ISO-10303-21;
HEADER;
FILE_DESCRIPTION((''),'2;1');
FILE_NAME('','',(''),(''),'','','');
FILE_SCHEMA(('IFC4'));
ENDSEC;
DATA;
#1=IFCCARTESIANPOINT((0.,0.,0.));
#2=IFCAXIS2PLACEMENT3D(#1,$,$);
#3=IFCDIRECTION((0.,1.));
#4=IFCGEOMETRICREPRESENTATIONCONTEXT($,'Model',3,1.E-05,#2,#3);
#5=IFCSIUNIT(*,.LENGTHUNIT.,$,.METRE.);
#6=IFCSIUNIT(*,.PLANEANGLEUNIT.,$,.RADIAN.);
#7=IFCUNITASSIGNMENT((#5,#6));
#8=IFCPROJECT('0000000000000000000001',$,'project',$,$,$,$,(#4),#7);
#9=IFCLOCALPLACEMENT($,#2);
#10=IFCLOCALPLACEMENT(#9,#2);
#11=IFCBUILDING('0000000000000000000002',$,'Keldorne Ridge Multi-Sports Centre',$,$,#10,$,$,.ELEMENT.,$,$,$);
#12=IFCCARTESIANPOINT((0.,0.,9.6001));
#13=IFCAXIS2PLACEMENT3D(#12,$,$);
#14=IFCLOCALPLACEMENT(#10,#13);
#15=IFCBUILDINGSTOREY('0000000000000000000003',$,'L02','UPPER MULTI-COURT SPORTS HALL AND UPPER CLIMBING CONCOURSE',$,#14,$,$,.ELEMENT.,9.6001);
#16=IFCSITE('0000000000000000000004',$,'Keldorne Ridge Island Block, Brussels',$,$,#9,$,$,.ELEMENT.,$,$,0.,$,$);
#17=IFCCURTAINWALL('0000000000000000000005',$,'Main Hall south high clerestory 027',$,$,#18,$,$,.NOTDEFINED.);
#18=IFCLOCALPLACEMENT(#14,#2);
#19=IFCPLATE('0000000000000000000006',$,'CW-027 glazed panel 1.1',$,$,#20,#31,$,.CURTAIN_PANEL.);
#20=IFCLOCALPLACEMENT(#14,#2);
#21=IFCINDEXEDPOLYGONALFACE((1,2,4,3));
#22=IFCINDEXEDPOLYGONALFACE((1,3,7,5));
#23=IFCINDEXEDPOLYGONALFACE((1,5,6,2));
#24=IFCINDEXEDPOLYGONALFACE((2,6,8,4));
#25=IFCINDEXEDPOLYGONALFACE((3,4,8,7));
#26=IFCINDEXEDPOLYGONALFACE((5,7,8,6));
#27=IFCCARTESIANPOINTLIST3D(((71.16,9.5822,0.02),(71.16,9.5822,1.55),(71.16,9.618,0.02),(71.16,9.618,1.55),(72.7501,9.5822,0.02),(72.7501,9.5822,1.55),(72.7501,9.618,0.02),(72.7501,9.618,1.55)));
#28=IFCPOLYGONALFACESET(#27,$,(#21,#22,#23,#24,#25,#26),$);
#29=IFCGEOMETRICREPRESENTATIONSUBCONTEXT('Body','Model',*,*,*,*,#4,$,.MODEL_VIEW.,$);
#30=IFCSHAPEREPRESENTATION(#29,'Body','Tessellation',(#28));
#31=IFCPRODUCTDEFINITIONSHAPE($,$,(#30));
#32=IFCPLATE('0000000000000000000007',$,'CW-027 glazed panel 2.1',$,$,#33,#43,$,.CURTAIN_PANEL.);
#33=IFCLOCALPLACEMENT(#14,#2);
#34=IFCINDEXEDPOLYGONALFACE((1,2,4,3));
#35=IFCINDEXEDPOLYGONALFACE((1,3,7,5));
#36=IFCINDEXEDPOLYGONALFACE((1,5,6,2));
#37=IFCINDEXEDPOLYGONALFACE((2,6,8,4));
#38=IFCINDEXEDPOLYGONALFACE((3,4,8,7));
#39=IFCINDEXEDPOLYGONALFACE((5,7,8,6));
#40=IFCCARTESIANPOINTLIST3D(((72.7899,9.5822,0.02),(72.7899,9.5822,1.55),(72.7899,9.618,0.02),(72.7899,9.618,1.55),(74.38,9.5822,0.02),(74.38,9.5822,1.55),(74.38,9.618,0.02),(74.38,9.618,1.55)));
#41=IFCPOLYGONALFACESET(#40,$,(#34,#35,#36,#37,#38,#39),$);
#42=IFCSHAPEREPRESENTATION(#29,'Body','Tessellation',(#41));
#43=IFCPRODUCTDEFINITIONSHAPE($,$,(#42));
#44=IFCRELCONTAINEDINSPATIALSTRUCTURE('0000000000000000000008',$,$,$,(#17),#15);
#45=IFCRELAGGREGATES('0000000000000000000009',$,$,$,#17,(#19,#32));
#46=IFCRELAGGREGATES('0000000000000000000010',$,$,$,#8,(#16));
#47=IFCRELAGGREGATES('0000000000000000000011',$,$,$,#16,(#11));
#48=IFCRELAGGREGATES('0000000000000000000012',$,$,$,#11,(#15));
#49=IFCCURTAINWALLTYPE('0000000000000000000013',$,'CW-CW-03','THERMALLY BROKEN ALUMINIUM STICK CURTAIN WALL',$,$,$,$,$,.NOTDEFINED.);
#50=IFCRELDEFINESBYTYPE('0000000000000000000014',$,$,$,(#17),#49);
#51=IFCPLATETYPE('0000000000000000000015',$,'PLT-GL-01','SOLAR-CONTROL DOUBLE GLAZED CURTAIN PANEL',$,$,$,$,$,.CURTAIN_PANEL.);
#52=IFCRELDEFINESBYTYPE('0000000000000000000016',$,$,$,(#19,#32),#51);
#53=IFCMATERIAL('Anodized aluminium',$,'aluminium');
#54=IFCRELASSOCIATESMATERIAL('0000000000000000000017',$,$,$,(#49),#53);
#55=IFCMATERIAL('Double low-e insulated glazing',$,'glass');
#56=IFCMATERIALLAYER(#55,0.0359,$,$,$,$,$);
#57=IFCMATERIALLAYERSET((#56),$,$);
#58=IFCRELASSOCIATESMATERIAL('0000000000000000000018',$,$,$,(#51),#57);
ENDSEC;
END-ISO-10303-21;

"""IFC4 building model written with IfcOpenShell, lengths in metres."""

from ifc_helpers import new_model, si_unit, direction, frame, origin, origin_2d, place, context, subcontext, project, spatial, rectangle, extrude, material, layer, layer_set, type_object, element, aggregate, save


model = new_model("IFC4")

# Units and contexts
model_context = context("Model", 3, precision=1e-05, world=origin(), true_north=direction((0.0, 1.0)))
body_context = subcontext(model_context, "Body", "Model", "MODEL_VIEW")
ifc_project = project(units=[si_unit("LENGTHUNIT", "METRE"), si_unit("PLANEANGLEUNIT", "RADIAN")], contexts=[model_context])

# Site, building, storey
site_placement = place(None, origin())
site = spatial("IfcSite", under=ifc_project, at=site_placement, Name="Keldorne Ridge Island Block, Brussels", CompositionType="ELEMENT", RefElevation=0.0)
building_placement = place(site_placement, origin())
building = spatial("IfcBuilding", under=site, at=building_placement, Name="Keldorne Ridge Multi-Sports Centre", CompositionType="ELEMENT")
storey_placement = place(building_placement, frame((0.0, 0.0, 9.6001)))
storey = spatial("IfcBuildingStorey", under=building, at=storey_placement, Name="L02", Description="UPPER MULTI-COURT SPORTS HALL AND UPPER CLIMBING CONCOURSE", CompositionType="ELEMENT", Elevation=9.6001)

# Curtain wall
ifc_material_1 = material(Name="Anodized aluminium", Category="aluminium")
curtain_wall_type_1 = type_object("IfcCurtainWallType", Name="CW-CW-03", Description="THERMALLY BROKEN ALUMINIUM STICK CURTAIN WALL", PredefinedType="NOTDEFINED", material=ifc_material_1)
curtain_wall_1_placement = place(storey_placement, origin())
curtain_wall_1 = element("IfcCurtainWall", 1, at=curtain_wall_1_placement, inside=storey, type_object=curtain_wall_type_1, Name="Main Hall south high clerestory 027", PredefinedType="NOTDEFINED")

# Plates
ifc_material_2 = material(Name="Double low-e insulated glazing", Category="glass")
ifc_layer = layer(ifc_material_2, 0.0359)
ifc_layer_set = layer_set([ifc_layer])
plate_type = type_object("IfcPlateType", Name="PLT-GL-01", Description="SOLAR-CONTROL DOUBLE GLAZED CURTAIN PANEL", PredefinedType="CURTAIN_PANEL", material=ifc_layer_set)
plate_1_placement = place(storey_placement, frame((71.9551, 9.6001, 0.02), z_axis=(0.0, 0.0, 1.0), x_axis=(1.0, 0.0, 0.0)))
plate_1 = element("IfcPlate", 2, at=plate_1_placement, type_object=plate_type, Name="CW-027 glazed panel 1.1", PredefinedType="CURTAIN_PANEL", context=body_context, shape_type="SweptSolid", body=[
    extrude(rectangle(XDim=1.5901, YDim=0.0359, at=origin_2d()), origin(), (0.0, 0.0, 1.0), 1.53),
])
plate_2_placement = place(storey_placement, frame((73.585, 9.6001, 0.02), z_axis=(0.0, 0.0, 1.0), x_axis=(1.0, 0.0, 0.0)))
plate_2 = element("IfcPlate", 3, at=plate_2_placement, type_object=plate_type, Name="CW-027 glazed panel 2.1", PredefinedType="CURTAIN_PANEL", context=body_context, shape_type="SweptSolid", body=[
    extrude(rectangle(XDim=1.5901, YDim=0.0359, at=origin_2d()), origin(), (0.0, 0.0, 1.0), 1.53),
])
aggregate(curtain_wall_1, [plate_1, plate_2])

save(model, "model.ifc")
